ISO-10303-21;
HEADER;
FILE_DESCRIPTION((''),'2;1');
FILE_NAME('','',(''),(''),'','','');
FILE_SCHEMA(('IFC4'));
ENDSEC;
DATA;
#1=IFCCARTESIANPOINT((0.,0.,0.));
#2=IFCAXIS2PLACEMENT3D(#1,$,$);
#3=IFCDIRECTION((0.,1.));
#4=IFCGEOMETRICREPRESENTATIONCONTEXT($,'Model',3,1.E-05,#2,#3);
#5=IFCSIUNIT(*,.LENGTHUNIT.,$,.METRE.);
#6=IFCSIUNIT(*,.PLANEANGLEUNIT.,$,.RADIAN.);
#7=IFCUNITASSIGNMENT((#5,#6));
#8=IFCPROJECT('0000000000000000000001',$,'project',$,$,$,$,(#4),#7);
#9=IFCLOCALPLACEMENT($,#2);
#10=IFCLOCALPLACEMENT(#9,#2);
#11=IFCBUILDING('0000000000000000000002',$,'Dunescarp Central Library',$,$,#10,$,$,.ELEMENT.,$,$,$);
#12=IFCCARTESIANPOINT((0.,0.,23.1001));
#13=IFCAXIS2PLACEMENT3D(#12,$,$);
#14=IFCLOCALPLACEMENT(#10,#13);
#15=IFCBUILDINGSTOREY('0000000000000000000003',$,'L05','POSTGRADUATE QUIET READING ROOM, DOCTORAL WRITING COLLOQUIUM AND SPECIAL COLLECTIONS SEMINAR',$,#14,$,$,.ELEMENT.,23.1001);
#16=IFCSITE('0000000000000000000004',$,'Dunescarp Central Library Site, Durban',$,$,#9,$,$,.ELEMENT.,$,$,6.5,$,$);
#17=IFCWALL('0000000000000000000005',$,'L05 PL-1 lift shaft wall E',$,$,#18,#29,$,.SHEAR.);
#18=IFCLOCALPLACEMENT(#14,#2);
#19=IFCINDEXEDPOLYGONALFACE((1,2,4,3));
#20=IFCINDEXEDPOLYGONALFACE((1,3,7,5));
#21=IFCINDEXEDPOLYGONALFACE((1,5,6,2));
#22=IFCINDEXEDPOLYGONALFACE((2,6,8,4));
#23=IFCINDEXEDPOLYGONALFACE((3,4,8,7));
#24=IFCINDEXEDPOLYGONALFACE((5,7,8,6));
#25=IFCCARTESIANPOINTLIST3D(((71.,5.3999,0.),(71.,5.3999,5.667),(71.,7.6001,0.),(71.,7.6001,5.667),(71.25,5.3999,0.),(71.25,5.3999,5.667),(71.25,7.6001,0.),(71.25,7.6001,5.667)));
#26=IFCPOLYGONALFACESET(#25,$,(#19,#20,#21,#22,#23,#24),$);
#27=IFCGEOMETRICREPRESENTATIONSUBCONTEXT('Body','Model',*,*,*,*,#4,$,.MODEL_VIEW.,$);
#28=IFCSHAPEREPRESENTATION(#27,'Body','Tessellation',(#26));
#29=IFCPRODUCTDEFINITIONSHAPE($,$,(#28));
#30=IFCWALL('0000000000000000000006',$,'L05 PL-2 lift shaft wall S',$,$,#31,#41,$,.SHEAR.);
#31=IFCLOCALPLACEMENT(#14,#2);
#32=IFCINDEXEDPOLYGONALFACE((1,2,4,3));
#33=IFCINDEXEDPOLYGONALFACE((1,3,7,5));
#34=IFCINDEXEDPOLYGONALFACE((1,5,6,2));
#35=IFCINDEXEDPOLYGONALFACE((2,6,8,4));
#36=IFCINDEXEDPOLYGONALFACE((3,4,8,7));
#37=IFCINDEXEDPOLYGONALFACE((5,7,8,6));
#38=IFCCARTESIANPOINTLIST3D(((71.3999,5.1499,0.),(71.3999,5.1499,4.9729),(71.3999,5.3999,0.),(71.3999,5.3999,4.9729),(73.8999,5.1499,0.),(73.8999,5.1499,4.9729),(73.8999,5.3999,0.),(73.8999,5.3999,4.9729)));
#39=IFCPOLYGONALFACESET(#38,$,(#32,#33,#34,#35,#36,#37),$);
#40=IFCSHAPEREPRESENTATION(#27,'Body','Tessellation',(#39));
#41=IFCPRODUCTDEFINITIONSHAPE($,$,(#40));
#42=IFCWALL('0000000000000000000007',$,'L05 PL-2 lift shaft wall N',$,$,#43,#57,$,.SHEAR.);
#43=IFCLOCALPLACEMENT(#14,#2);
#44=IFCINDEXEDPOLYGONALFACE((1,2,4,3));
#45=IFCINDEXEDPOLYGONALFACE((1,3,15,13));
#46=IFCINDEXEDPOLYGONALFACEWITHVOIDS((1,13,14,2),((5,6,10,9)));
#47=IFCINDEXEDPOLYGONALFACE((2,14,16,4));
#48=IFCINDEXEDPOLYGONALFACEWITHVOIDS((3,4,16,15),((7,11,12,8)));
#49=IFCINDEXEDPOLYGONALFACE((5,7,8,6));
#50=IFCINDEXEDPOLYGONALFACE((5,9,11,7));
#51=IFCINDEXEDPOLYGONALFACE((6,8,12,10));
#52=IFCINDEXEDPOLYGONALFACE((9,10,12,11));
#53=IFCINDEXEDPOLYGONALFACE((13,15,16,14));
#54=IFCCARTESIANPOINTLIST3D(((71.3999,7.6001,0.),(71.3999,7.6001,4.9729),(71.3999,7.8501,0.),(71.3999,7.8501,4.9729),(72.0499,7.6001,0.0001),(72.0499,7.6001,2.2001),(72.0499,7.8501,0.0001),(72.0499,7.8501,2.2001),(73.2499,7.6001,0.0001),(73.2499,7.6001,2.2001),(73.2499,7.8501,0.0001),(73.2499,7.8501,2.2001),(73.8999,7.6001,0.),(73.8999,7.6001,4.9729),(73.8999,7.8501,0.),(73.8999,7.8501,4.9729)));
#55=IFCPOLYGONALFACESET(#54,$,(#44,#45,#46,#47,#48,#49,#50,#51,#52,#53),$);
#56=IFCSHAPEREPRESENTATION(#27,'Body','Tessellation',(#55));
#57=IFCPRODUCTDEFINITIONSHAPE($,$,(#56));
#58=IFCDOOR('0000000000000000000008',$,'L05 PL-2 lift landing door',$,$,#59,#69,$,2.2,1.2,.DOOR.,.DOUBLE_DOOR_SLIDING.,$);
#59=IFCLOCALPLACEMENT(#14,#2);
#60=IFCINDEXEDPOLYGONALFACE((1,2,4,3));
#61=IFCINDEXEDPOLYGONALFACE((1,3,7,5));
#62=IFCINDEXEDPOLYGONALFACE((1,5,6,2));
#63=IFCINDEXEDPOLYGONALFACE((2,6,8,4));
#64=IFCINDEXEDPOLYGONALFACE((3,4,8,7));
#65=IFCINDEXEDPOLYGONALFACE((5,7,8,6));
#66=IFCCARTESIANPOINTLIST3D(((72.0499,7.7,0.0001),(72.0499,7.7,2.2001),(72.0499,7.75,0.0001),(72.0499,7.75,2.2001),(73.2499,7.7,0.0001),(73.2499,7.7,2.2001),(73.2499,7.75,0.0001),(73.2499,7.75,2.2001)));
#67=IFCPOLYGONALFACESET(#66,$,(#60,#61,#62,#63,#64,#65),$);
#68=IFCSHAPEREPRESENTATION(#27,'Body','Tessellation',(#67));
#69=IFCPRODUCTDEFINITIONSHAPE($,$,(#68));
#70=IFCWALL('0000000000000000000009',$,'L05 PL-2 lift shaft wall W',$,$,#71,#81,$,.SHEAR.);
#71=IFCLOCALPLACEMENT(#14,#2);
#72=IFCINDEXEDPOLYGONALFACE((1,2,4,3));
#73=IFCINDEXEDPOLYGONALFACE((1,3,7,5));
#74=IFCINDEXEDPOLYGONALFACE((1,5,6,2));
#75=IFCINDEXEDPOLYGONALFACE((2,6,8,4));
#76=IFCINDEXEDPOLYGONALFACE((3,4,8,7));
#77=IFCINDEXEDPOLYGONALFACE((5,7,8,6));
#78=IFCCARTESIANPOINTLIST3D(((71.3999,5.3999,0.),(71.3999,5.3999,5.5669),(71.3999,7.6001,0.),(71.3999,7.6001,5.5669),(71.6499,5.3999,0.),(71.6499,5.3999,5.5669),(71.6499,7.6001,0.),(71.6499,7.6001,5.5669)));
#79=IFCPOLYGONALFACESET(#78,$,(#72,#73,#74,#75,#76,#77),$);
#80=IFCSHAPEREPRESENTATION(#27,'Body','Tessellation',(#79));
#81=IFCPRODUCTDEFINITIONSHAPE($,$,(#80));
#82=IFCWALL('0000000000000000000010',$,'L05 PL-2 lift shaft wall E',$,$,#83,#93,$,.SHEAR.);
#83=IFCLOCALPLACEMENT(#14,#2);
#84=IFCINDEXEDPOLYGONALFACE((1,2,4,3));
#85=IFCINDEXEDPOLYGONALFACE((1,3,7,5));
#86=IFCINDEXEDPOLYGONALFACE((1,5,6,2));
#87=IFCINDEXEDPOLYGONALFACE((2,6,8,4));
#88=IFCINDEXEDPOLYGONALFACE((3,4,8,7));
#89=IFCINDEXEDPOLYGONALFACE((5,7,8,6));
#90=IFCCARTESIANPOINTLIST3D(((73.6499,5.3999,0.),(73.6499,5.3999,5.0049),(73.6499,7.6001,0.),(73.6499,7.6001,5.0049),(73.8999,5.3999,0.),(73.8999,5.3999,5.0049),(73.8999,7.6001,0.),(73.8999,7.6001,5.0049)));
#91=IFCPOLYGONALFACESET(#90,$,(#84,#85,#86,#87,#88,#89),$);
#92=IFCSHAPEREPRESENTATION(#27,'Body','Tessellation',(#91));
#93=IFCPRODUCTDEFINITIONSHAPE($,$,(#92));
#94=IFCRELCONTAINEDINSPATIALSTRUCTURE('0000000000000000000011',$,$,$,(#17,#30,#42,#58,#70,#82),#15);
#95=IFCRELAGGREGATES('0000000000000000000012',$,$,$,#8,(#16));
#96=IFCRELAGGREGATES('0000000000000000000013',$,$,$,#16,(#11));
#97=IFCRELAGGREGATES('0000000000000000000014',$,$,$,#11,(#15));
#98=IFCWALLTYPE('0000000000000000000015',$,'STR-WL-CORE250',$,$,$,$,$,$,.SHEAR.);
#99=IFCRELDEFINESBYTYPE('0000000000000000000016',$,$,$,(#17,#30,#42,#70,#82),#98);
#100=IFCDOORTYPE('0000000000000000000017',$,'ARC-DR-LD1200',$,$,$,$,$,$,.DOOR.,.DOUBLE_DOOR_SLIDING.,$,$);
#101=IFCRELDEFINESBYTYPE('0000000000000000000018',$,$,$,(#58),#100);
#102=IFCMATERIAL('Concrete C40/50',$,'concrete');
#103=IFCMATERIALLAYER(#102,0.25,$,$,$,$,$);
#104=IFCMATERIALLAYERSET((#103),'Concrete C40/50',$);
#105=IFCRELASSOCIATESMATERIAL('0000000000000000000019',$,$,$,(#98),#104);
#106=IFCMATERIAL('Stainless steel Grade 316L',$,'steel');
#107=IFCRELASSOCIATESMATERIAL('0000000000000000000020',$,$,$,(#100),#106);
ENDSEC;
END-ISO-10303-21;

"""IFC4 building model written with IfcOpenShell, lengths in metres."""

from ifc_helpers import new_model, si_unit, direction, frame, frame_2d, origin, place, context, subcontext, project, spatial, rectangle, extrude, material, layer, layer_set, type_object, element, fill, save


model = new_model("IFC4")

# Units and contexts
model_context = context("Model", 3, precision=1e-05, world=origin(), true_north=direction((0.0, 1.0)))
body_context = subcontext(model_context, "Body", "Model", "MODEL_VIEW")
ifc_project = project(units=[si_unit("LENGTHUNIT", "METRE"), si_unit("PLANEANGLEUNIT", "RADIAN")], contexts=[model_context])

# Site, building, storey
site_placement = place(None, origin())
site = spatial("IfcSite", under=ifc_project, at=site_placement, Name="Dunescarp Central Library Site, Durban", CompositionType="ELEMENT", RefElevation=6.5)
building_placement = place(site_placement, origin())
building = spatial("IfcBuilding", under=site, at=building_placement, Name="Dunescarp Central Library", CompositionType="ELEMENT")
storey_placement = place(building_placement, frame((0.0, 0.0, 23.1001)))
storey = spatial("IfcBuildingStorey", under=building, at=storey_placement, Name="L05", Description="POSTGRADUATE QUIET READING ROOM, DOCTORAL WRITING COLLOQUIUM AND SPECIAL COLLECTIONS SEMINAR", CompositionType="ELEMENT", Elevation=23.1001)

# Shared definitions
ifc_material_1 = material(Name="Concrete C40/50", Category="concrete")
ifc_layer_1 = layer(ifc_material_1, 0.25)
ifc_layer_set_1 = layer_set([ifc_layer_1], Name="Concrete C40/50")
wall_type_1 = type_object("IfcWallType", Name="STR-WL-CORE250", PredefinedType="SHEAR", material=ifc_layer_set_1)

# Shared definitions
ifc_material_2 = material(Name="Stainless steel Grade 316L", Category="steel")
door_type_1 = type_object("IfcDoorType", Name="ARC-DR-LD1200", OperationType="DOUBLE_DOOR_SLIDING", PredefinedType="DOOR", material=ifc_material_2)

# Walls
wall_1_placement = place(storey_placement, frame((71.125, 7.6001, 0.0), z_axis=(0.0, 0.0, 1.0), x_axis=(0.0, -1.0, 0.0)))
element("IfcWall", 1, at=wall_1_placement, inside=storey, type_object=wall_type_1, Name="L05 PL-1 lift shaft wall E", PredefinedType="SHEAR", context=body_context, shape_type="SweptSolid", body=[
    extrude(rectangle(XDim=2.2002, YDim=0.25, at=frame_2d((1.1001, 0.0))), origin(), (0.0, 0.0, 1.0), 5.667),
])
wall_2_placement = place(storey_placement, frame((73.8999, 5.2749, 0.0), z_axis=(0.0, 0.0, 1.0), x_axis=(-1.0, 0.0, 0.0)))
element("IfcWall", 2, at=wall_2_placement, inside=storey, type_object=wall_type_1, Name="L05 PL-2 lift shaft wall S", PredefinedType="SHEAR", context=body_context, shape_type="SweptSolid", body=[
    extrude(rectangle(XDim=2.5, YDim=0.25, at=frame_2d((1.25, 0.0))), origin(), (0.0, 0.0, 1.0), 4.9729),
])

# Wall, opening, door
wall_3_placement = place(storey_placement, frame((71.3999, 7.7251, 0.0), z_axis=(0.0, 0.0, 1.0), x_axis=(1.0, 0.0, 0.0)))
wall_3 = element("IfcWall", 3, at=wall_3_placement, inside=storey, type_object=wall_type_1, Name="L05 PL-2 lift shaft wall N", PredefinedType="SHEAR", context=body_context, shape_type="SweptSolid", body=[
    extrude(rectangle(XDim=2.5, YDim=0.25, at=frame_2d((1.25, 0.0))), origin(), (0.0, 0.0, 1.0), 4.9729),
])
opening_1_placement = place(wall_3_placement, frame((0.6499, 0.0, 0.0)))
opening_1 = element("IfcOpeningElement", 4, at=opening_1_placement, cuts=wall_3, PredefinedType="OPENING", context=body_context, shape_type="SweptSolid", body=[
    extrude(rectangle(XDim=1.2, YDim=2.2, at=frame_2d((0.6001, 1.1001))), frame((0.0, 0.135, 0.0), z_axis=(0.0, -1.0, 0.0), x_axis=(1.0, 0.0, 0.0)), (0.0, 0.0, 1.0), 0.27),
])
door_1_placement = place(opening_1_placement, origin())
door_1 = element("IfcDoor", 5, at=door_1_placement, inside=storey, type_object=door_type_1, Name="L05 PL-2 lift landing door", OperationType="DOUBLE_DOOR_SLIDING", OverallHeight=2.2, OverallWidth=1.2, PredefinedType="DOOR", context=body_context, shape_type="SweptSolid", body=[
    extrude(rectangle(XDim=1.2, YDim=2.2, at=frame_2d((0.6001, 1.1001))), frame((0.0, 0.0249, 0.0), z_axis=(0.0, -1.0, 0.0), x_axis=(1.0, 0.0, 0.0)), (0.0, 0.0, 1.0), 0.05),
])
fill(opening_1, door_1)

# Walls
wall_4_placement = place(storey_placement, frame((71.5249, 5.3999, 0.0), z_axis=(0.0, 0.0, 1.0), x_axis=(0.0, 1.0, 0.0)))
element("IfcWall", 6, at=wall_4_placement, inside=storey, type_object=wall_type_1, Name="L05 PL-2 lift shaft wall W", PredefinedType="SHEAR", context=body_context, shape_type="SweptSolid", body=[
    extrude(rectangle(XDim=2.2002, YDim=0.25, at=frame_2d((1.1001, 0.0))), origin(), (0.0, 0.0, 1.0), 5.5669),
])
wall_5_placement = place(storey_placement, frame((73.7749, 7.6001, 0.0), z_axis=(0.0, 0.0, 1.0), x_axis=(0.0, -1.0, 0.0)))
element("IfcWall", 7, at=wall_5_placement, inside=storey, type_object=wall_type_1, Name="L05 PL-2 lift shaft wall E", PredefinedType="SHEAR", context=body_context, shape_type="SweptSolid", body=[
    extrude(rectangle(XDim=2.2002, YDim=0.25, at=frame_2d((1.1001, 0.0))), origin(), (0.0, 0.0, 1.0), 5.0049),
])

save(model, "model.ifc")
